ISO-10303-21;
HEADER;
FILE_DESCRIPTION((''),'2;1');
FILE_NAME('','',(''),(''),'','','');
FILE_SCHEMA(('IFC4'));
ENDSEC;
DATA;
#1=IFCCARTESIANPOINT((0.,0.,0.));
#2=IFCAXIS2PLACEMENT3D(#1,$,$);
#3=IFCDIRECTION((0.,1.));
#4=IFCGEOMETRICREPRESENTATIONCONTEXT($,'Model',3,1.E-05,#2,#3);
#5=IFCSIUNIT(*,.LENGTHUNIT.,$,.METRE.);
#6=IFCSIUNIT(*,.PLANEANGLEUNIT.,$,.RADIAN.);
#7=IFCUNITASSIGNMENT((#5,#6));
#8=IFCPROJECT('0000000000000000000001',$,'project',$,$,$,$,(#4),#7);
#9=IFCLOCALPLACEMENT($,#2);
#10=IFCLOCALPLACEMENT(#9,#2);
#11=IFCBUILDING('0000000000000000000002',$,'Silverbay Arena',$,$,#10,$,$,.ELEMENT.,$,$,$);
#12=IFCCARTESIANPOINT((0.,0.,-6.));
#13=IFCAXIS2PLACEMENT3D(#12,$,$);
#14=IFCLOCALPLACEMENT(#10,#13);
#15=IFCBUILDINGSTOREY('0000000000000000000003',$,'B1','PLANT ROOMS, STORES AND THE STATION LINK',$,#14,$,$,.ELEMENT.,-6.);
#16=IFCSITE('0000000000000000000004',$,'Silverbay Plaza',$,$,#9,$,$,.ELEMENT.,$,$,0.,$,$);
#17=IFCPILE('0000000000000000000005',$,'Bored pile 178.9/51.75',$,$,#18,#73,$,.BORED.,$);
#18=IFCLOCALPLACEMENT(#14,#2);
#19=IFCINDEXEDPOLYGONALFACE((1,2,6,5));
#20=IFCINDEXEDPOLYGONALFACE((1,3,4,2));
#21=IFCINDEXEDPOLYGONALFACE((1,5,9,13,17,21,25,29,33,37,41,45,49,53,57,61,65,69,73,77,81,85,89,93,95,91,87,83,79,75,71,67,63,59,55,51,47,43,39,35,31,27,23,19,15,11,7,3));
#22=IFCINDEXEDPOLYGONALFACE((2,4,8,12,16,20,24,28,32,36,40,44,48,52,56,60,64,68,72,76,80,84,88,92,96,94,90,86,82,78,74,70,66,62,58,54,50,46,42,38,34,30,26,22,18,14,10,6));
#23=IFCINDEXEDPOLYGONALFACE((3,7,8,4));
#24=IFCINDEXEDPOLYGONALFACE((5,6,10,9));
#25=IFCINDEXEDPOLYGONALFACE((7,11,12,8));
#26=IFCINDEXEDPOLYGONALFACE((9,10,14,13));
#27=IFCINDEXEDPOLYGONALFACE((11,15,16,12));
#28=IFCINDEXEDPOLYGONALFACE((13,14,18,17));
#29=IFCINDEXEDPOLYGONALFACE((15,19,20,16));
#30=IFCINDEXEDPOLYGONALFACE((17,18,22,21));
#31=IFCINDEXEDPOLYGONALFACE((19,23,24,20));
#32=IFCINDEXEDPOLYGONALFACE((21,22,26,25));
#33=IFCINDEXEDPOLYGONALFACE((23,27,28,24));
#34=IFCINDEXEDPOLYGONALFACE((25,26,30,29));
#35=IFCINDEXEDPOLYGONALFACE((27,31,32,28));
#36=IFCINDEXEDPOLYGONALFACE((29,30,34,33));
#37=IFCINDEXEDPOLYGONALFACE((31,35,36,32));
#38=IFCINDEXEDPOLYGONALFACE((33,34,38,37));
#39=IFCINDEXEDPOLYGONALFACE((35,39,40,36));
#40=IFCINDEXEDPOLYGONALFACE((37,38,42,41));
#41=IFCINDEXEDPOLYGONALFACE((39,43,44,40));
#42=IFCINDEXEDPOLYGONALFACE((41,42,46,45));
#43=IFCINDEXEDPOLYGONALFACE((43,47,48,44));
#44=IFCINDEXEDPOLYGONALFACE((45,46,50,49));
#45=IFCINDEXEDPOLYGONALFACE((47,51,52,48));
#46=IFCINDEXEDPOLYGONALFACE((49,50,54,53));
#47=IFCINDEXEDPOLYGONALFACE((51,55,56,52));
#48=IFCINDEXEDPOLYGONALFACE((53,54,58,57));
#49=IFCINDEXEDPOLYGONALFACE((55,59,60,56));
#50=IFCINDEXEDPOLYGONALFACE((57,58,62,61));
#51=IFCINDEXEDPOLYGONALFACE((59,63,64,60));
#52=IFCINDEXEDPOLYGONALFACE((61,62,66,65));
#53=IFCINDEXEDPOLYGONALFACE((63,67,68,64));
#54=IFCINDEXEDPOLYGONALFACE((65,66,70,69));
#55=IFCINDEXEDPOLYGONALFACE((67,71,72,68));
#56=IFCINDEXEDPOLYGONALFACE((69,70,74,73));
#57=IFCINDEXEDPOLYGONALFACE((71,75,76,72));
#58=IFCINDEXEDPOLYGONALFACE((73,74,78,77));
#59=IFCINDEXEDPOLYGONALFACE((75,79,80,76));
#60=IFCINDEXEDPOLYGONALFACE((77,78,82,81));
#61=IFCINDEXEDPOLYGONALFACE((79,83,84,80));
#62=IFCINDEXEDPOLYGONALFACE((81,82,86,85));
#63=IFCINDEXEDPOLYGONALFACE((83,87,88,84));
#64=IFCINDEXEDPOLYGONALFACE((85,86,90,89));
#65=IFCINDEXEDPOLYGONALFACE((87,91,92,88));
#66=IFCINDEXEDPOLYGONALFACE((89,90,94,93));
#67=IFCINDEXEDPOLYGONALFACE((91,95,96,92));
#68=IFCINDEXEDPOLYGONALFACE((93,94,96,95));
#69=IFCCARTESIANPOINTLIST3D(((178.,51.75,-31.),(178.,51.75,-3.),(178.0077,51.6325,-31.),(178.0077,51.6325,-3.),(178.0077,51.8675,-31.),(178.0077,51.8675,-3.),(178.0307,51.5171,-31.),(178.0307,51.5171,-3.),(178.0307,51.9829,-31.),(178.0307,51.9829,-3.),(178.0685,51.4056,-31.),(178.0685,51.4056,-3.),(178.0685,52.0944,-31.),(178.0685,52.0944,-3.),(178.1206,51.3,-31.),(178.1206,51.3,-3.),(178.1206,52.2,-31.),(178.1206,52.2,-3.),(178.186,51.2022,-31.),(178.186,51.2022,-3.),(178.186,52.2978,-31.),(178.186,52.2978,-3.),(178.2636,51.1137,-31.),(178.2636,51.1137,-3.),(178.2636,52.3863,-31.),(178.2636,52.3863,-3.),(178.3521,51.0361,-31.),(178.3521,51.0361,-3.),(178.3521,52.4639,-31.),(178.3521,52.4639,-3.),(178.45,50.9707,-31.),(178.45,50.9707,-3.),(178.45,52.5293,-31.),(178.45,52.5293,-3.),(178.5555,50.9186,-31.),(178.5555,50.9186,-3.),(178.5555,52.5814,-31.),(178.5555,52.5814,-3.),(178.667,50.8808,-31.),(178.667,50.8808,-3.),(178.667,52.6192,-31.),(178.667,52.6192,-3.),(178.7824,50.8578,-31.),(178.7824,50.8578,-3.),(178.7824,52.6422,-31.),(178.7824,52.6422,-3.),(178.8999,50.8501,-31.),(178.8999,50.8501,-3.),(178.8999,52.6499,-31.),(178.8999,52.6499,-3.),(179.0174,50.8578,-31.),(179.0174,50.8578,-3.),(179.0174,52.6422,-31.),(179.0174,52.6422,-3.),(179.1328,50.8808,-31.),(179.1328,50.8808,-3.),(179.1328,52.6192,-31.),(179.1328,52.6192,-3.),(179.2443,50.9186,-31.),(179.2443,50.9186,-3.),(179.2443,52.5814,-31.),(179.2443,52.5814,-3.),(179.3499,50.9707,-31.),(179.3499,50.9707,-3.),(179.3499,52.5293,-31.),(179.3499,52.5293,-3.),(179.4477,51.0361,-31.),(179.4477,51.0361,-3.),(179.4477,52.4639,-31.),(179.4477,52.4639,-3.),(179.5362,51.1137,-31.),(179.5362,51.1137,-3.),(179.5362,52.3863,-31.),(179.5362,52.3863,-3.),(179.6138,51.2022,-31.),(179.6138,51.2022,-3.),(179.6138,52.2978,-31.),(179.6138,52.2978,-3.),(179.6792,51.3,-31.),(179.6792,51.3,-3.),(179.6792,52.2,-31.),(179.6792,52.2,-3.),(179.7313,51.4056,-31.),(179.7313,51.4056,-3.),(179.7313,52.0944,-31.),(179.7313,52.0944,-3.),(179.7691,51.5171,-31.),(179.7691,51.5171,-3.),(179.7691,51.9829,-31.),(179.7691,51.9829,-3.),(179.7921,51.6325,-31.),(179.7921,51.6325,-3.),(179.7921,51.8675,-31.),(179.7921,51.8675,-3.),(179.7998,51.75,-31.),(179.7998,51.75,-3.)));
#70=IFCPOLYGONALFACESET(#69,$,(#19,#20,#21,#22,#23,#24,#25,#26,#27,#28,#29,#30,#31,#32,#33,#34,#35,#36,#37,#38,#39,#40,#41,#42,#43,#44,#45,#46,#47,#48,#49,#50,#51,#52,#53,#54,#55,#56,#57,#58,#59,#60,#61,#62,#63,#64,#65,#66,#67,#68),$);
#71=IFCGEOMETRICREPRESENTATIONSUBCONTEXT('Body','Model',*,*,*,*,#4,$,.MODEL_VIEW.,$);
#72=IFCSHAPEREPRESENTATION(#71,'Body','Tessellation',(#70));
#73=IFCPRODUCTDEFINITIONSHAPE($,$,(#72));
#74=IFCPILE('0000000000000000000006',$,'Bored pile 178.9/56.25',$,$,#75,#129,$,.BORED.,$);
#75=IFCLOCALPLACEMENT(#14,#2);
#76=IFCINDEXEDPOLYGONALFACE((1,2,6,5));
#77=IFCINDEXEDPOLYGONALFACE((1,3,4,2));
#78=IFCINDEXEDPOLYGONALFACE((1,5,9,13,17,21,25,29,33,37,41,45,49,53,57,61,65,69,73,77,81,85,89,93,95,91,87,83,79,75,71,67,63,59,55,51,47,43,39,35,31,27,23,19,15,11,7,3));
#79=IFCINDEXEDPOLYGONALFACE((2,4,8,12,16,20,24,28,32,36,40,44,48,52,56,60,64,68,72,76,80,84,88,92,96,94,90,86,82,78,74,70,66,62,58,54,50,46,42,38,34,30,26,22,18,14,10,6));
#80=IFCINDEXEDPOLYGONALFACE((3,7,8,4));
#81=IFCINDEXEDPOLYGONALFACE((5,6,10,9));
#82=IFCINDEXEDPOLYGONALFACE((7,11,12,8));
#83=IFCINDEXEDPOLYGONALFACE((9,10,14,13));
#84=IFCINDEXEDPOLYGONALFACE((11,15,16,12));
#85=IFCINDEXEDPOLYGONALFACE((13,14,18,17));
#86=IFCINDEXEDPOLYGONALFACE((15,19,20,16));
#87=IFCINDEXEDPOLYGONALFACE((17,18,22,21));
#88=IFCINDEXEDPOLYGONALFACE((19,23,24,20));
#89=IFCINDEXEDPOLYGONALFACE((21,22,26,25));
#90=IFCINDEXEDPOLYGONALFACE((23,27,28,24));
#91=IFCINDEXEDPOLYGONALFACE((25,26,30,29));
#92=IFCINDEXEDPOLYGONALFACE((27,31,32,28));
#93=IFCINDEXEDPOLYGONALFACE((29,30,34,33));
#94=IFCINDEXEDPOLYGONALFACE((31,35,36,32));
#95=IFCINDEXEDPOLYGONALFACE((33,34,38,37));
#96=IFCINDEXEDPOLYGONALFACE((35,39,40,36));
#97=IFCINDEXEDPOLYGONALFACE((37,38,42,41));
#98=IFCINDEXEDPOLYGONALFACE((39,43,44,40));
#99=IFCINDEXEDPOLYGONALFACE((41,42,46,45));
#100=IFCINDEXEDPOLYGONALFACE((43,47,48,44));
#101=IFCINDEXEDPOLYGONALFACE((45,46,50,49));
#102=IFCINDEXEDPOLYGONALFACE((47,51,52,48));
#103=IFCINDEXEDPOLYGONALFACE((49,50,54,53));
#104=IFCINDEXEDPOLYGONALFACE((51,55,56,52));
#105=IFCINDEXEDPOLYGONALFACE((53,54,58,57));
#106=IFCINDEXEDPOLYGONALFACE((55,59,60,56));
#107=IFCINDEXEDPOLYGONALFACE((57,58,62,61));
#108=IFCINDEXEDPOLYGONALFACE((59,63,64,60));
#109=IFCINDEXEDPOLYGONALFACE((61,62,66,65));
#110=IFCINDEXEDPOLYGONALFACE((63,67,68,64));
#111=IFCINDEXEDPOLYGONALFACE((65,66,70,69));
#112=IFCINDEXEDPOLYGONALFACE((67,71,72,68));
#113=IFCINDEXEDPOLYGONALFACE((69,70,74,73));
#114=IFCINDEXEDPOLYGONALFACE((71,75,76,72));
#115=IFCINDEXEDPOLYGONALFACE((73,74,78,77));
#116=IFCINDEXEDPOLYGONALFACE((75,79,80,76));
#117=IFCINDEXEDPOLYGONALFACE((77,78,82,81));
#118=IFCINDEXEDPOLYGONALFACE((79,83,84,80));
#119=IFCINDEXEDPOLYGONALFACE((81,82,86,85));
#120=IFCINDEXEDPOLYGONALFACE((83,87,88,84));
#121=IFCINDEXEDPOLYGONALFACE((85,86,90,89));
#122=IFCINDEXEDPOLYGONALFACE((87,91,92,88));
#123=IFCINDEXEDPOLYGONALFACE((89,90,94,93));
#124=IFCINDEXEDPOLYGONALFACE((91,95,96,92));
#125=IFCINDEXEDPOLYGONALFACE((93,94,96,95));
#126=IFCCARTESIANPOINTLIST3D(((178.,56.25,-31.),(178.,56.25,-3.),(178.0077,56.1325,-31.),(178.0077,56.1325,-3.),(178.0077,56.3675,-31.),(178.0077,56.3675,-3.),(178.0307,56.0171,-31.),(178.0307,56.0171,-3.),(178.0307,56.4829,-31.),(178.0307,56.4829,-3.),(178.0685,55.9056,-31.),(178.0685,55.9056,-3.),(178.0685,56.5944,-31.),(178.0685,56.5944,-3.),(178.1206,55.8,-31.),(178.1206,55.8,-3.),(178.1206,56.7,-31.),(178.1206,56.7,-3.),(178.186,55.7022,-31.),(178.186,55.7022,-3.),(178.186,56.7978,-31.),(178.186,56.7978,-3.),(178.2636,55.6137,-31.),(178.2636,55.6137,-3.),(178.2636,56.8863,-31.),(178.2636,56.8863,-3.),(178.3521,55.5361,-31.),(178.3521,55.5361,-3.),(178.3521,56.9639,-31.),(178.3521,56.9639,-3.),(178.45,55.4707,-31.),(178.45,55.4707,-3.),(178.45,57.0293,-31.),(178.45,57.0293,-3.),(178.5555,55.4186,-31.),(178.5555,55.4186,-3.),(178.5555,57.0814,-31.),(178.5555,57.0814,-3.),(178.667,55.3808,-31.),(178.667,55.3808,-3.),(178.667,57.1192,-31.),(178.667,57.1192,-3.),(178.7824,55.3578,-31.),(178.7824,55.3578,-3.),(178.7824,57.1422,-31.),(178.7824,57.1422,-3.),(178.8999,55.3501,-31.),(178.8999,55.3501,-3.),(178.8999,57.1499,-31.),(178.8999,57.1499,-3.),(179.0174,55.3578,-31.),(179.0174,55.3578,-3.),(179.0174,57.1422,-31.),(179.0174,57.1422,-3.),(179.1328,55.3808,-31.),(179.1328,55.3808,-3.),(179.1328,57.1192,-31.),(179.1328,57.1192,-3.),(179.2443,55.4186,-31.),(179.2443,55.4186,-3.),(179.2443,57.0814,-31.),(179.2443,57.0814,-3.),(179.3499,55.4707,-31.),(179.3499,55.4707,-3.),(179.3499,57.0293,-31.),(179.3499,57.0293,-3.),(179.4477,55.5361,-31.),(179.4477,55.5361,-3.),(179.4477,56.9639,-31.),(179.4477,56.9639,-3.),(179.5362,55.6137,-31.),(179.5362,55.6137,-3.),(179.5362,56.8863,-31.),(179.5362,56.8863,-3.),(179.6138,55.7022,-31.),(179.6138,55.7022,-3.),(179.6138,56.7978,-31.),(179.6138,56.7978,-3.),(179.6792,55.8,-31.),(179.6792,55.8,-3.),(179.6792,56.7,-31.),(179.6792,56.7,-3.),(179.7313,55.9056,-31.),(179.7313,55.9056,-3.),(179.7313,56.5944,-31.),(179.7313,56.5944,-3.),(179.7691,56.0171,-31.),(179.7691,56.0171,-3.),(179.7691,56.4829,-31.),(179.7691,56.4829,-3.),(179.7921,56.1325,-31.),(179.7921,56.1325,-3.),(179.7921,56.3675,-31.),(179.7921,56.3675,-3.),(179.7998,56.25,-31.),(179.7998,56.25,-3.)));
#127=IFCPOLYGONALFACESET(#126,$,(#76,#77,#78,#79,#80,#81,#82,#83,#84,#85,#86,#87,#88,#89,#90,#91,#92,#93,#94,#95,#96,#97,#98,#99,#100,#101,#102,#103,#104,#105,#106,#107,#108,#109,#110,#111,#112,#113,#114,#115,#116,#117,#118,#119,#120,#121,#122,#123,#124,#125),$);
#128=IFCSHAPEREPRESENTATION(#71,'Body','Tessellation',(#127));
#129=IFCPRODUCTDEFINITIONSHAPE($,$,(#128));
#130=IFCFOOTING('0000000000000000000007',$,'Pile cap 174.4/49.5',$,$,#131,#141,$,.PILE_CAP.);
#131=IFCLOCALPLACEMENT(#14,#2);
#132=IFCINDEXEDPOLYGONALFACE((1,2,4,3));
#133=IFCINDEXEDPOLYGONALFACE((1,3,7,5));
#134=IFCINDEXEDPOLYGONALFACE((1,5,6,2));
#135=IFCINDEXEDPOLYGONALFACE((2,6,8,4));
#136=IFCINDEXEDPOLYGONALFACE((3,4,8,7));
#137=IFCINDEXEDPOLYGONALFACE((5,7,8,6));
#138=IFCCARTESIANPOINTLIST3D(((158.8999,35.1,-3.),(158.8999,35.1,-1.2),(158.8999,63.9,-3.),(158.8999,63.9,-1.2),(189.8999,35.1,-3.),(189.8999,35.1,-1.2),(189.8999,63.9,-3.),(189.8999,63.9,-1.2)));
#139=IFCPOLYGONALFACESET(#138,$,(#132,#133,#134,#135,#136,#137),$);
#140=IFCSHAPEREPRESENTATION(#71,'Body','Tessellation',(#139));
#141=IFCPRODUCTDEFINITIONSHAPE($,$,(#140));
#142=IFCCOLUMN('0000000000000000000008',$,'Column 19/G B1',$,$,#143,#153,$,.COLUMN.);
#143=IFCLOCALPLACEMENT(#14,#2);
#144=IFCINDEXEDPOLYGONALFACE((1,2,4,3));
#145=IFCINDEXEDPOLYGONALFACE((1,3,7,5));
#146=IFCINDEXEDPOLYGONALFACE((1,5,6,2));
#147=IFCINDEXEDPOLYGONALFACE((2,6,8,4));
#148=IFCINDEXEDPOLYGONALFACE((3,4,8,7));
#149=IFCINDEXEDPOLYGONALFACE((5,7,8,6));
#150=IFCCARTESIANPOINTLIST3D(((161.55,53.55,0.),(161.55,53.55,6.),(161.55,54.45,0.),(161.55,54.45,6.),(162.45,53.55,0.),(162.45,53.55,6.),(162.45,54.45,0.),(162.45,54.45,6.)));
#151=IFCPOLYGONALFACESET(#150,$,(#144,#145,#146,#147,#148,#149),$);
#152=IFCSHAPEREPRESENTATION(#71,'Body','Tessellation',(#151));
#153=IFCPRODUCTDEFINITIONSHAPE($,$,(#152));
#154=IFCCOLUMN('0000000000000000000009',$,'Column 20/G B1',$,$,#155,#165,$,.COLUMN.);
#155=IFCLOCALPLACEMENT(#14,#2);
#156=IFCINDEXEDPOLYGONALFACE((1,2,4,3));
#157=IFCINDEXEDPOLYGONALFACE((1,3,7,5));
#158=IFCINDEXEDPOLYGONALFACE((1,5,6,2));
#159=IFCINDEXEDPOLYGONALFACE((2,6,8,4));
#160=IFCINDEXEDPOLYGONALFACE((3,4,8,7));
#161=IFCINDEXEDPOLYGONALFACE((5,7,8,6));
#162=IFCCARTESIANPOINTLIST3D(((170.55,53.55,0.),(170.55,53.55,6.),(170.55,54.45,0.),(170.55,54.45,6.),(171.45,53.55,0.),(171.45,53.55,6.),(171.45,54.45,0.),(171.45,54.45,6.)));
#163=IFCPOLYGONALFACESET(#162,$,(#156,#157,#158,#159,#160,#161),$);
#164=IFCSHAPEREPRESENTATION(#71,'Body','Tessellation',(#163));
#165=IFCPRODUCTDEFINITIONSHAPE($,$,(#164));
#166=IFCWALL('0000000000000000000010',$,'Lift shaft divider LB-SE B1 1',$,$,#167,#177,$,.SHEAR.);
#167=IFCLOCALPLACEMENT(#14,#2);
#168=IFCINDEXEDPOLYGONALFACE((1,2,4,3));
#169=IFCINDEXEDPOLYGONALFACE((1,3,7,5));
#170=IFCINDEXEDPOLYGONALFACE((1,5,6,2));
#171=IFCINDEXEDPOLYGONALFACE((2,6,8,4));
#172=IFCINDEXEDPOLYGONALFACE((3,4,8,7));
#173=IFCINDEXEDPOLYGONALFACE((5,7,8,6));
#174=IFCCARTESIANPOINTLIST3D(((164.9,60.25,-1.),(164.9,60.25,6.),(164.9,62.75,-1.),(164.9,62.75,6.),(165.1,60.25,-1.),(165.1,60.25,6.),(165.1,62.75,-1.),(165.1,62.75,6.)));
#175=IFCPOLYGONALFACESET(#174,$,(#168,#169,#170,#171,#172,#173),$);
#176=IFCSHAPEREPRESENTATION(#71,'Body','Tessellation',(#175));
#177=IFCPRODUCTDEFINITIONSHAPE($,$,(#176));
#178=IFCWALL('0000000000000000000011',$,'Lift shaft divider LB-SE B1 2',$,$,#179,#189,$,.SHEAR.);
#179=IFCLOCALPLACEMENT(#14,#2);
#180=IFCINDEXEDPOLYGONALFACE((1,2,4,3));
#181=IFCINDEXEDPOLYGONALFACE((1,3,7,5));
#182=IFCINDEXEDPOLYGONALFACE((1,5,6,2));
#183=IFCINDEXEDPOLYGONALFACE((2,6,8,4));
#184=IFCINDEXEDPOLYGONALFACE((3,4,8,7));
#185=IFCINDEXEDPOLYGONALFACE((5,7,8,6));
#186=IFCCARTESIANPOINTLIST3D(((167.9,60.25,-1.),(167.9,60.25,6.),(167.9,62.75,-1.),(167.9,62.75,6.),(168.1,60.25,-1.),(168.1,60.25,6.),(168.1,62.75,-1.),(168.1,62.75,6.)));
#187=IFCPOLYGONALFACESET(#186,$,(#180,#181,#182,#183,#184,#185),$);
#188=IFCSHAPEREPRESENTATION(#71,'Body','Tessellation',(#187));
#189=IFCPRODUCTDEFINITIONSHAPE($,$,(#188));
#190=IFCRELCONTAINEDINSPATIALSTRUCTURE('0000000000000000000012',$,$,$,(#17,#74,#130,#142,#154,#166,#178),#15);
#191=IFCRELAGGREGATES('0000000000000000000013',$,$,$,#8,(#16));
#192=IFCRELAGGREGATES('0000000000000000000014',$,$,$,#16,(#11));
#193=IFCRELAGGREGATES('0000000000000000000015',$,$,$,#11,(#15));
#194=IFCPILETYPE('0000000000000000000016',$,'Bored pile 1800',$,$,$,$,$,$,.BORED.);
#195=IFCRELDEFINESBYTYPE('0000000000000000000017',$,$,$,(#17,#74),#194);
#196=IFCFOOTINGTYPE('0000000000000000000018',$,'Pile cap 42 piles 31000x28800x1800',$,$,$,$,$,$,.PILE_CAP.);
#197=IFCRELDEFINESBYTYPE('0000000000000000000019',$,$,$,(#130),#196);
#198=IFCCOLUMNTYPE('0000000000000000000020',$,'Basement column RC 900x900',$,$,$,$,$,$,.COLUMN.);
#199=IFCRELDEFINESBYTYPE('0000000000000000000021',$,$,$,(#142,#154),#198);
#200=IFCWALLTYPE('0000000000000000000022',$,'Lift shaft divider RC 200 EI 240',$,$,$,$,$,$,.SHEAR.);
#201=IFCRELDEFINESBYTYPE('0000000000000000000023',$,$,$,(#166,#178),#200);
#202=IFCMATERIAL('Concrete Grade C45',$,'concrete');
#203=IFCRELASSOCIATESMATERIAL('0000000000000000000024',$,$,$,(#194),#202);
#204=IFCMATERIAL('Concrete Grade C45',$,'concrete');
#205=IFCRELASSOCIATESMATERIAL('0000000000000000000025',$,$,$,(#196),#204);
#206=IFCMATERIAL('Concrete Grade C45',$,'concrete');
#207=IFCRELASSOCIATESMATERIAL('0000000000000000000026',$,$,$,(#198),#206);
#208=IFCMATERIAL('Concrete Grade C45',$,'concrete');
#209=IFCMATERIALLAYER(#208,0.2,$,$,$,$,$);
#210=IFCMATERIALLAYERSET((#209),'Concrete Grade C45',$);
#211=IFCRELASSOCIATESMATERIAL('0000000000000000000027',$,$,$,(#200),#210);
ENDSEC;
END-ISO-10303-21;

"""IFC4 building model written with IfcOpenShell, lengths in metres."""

from ifc_helpers import new_model, si_unit, direction, frame, frame_2d, origin, origin_2d, place, context, subcontext, project, spatial, rectangle, circle, extrude, material, layer, layer_set, material_profile, profile_set, type_object, element, save


model = new_model("IFC4")

# Units and contexts
model_context = context("Model", 3, precision=1e-05, world=origin(), true_north=direction((0.0, 1.0)))
body_context = subcontext(model_context, "Body", "Model", "MODEL_VIEW")
ifc_project = project(units=[si_unit("LENGTHUNIT", "METRE"), si_unit("PLANEANGLEUNIT", "RADIAN")], contexts=[model_context])

# Site, building, storey
site_placement = place(None, origin())
site = spatial("IfcSite", under=ifc_project, at=site_placement, Name="Silverbay Plaza", CompositionType="ELEMENT", RefElevation=0.0)
building_placement = place(site_placement, origin())
building = spatial("IfcBuilding", under=site, at=building_placement, Name="Silverbay Arena", CompositionType="ELEMENT")
storey_placement = place(building_placement, frame((0.0, 0.0, -6.0)))
storey = spatial("IfcBuildingStorey", under=building, at=storey_placement, Name="B1", Description="PLANT ROOMS, STORES AND THE STATION LINK", CompositionType="ELEMENT", Elevation=-6.0)

# Piles
ifc_material_1 = material(Name="Concrete Grade C45", Category="concrete")
ifc_material_profile_1 = material_profile(ifc_material_1, circle(Radius=0.8999, at=origin_2d()), Name="Bored pile 1800")
ifc_profile_set_1 = profile_set([ifc_material_profile_1], Name="Concrete Grade C45")
pile_type_1 = type_object("IfcPileType", Name="Bored pile 1800", PredefinedType="BORED", material=ifc_profile_set_1)
for number, where, z_axis, x_axis, name in (
    (1, (178.8999, 51.75, -3.0), (0.0, 0.0, -1.0), (1.0, 0.0, 0.0), "Bored pile 178.9/51.75"),
    (2, (178.8999, 56.25, -3.0), (0.0, 0.0, -1.0), (1.0, 0.0, 0.0), "Bored pile 178.9/56.25"),
):
    element("IfcPile", number, at=place(storey_placement, frame(where, z_axis=z_axis, x_axis=x_axis)), inside=storey, type_object=pile_type_1, Name=name, PredefinedType="BORED", context=body_context, shape_type="SweptSolid", body=[
        extrude(circle(Radius=0.8999, at=origin_2d()), origin(), (0.0, 0.0, 1.0), 28.0),
    ])

# Footing
ifc_material_2 = material(Name="Concrete Grade C45", Category="concrete")
footing_type = type_object("IfcFootingType", Name="Pile cap 42 piles 31000x28800x1800", PredefinedType="PILE_CAP", material=ifc_material_2)
footing_placement = place(storey_placement, frame((174.3999, 49.5, -3.0), z_axis=(0.0, 0.0, 1.0), x_axis=(1.0, 0.0, 0.0)))
element("IfcFooting", 3, at=footing_placement, inside=storey, type_object=footing_type, Name="Pile cap 174.4/49.5", PredefinedType="PILE_CAP", context=body_context, shape_type="SweptSolid", body=[
    extrude(rectangle(XDim=31.0, YDim=28.8, at=origin_2d()), origin(), (0.0, 0.0, 1.0), 1.8),
])

# Columns
ifc_material_3 = material(Name="Concrete Grade C45", Category="concrete")
ifc_material_profile_2 = material_profile(ifc_material_3, rectangle(XDim=0.8999, YDim=0.8999, at=origin_2d()), Name="RC 900x900")
ifc_profile_set_2 = profile_set([ifc_material_profile_2], Name="Concrete Grade C45")
column_type = type_object("IfcColumnType", Name="Basement column RC 900x900", PredefinedType="COLUMN", material=ifc_profile_set_2)
for number, where, z_axis, x_axis, name in (
    (4, (162.0, 54.0, 0.0), (0.0, 0.0, 1.0), (1.0, 0.0, 0.0), "Column 19/G B1"),
    (5, (171.0, 54.0, 0.0), (0.0, 0.0, 1.0), (1.0, 0.0, 0.0), "Column 20/G B1"),
):
    element("IfcColumn", number, at=place(storey_placement, frame(where, z_axis=z_axis, x_axis=x_axis)), inside=storey, type_object=column_type, Name=name, PredefinedType="COLUMN", context=body_context, shape_type="SweptSolid", body=[
        extrude(rectangle(XDim=0.8999, YDim=0.8999, at=origin_2d()), origin(), (0.0, 0.0, 1.0), 6.0),
    ])

# Walls
ifc_material_4 = material(Name="Concrete Grade C45", Category="concrete")
ifc_layer_1 = layer(ifc_material_4, 0.2)
ifc_layer_set_1 = layer_set([ifc_layer_1], Name="Concrete Grade C45")
wall_type_1 = type_object("IfcWallType", Name="Lift shaft divider RC 200 EI 240", PredefinedType="SHEAR", material=ifc_layer_set_1)
for number, where, z_axis, x_axis, name in (
    (6, (165.0, 60.25, -1.0), (0.0, 0.0, 1.0), (0.0, 1.0, 0.0), "Lift shaft divider LB-SE B1 1"),
    (7, (168.0, 60.25, -1.0), (0.0, 0.0, 1.0), (0.0, 1.0, 0.0), "Lift shaft divider LB-SE B1 2"),
):
    element("IfcWall", number, at=place(storey_placement, frame(where, z_axis=z_axis, x_axis=x_axis)), inside=storey, type_object=wall_type_1, Name=name, PredefinedType="SHEAR", context=body_context, shape_type="SweptSolid", body=[
        extrude(rectangle(XDim=2.5, YDim=0.2, at=frame_2d((1.25, 0.0))), origin(), (0.0, 0.0, 1.0), 7.0),
    ])

save(model, "model.ifc")
